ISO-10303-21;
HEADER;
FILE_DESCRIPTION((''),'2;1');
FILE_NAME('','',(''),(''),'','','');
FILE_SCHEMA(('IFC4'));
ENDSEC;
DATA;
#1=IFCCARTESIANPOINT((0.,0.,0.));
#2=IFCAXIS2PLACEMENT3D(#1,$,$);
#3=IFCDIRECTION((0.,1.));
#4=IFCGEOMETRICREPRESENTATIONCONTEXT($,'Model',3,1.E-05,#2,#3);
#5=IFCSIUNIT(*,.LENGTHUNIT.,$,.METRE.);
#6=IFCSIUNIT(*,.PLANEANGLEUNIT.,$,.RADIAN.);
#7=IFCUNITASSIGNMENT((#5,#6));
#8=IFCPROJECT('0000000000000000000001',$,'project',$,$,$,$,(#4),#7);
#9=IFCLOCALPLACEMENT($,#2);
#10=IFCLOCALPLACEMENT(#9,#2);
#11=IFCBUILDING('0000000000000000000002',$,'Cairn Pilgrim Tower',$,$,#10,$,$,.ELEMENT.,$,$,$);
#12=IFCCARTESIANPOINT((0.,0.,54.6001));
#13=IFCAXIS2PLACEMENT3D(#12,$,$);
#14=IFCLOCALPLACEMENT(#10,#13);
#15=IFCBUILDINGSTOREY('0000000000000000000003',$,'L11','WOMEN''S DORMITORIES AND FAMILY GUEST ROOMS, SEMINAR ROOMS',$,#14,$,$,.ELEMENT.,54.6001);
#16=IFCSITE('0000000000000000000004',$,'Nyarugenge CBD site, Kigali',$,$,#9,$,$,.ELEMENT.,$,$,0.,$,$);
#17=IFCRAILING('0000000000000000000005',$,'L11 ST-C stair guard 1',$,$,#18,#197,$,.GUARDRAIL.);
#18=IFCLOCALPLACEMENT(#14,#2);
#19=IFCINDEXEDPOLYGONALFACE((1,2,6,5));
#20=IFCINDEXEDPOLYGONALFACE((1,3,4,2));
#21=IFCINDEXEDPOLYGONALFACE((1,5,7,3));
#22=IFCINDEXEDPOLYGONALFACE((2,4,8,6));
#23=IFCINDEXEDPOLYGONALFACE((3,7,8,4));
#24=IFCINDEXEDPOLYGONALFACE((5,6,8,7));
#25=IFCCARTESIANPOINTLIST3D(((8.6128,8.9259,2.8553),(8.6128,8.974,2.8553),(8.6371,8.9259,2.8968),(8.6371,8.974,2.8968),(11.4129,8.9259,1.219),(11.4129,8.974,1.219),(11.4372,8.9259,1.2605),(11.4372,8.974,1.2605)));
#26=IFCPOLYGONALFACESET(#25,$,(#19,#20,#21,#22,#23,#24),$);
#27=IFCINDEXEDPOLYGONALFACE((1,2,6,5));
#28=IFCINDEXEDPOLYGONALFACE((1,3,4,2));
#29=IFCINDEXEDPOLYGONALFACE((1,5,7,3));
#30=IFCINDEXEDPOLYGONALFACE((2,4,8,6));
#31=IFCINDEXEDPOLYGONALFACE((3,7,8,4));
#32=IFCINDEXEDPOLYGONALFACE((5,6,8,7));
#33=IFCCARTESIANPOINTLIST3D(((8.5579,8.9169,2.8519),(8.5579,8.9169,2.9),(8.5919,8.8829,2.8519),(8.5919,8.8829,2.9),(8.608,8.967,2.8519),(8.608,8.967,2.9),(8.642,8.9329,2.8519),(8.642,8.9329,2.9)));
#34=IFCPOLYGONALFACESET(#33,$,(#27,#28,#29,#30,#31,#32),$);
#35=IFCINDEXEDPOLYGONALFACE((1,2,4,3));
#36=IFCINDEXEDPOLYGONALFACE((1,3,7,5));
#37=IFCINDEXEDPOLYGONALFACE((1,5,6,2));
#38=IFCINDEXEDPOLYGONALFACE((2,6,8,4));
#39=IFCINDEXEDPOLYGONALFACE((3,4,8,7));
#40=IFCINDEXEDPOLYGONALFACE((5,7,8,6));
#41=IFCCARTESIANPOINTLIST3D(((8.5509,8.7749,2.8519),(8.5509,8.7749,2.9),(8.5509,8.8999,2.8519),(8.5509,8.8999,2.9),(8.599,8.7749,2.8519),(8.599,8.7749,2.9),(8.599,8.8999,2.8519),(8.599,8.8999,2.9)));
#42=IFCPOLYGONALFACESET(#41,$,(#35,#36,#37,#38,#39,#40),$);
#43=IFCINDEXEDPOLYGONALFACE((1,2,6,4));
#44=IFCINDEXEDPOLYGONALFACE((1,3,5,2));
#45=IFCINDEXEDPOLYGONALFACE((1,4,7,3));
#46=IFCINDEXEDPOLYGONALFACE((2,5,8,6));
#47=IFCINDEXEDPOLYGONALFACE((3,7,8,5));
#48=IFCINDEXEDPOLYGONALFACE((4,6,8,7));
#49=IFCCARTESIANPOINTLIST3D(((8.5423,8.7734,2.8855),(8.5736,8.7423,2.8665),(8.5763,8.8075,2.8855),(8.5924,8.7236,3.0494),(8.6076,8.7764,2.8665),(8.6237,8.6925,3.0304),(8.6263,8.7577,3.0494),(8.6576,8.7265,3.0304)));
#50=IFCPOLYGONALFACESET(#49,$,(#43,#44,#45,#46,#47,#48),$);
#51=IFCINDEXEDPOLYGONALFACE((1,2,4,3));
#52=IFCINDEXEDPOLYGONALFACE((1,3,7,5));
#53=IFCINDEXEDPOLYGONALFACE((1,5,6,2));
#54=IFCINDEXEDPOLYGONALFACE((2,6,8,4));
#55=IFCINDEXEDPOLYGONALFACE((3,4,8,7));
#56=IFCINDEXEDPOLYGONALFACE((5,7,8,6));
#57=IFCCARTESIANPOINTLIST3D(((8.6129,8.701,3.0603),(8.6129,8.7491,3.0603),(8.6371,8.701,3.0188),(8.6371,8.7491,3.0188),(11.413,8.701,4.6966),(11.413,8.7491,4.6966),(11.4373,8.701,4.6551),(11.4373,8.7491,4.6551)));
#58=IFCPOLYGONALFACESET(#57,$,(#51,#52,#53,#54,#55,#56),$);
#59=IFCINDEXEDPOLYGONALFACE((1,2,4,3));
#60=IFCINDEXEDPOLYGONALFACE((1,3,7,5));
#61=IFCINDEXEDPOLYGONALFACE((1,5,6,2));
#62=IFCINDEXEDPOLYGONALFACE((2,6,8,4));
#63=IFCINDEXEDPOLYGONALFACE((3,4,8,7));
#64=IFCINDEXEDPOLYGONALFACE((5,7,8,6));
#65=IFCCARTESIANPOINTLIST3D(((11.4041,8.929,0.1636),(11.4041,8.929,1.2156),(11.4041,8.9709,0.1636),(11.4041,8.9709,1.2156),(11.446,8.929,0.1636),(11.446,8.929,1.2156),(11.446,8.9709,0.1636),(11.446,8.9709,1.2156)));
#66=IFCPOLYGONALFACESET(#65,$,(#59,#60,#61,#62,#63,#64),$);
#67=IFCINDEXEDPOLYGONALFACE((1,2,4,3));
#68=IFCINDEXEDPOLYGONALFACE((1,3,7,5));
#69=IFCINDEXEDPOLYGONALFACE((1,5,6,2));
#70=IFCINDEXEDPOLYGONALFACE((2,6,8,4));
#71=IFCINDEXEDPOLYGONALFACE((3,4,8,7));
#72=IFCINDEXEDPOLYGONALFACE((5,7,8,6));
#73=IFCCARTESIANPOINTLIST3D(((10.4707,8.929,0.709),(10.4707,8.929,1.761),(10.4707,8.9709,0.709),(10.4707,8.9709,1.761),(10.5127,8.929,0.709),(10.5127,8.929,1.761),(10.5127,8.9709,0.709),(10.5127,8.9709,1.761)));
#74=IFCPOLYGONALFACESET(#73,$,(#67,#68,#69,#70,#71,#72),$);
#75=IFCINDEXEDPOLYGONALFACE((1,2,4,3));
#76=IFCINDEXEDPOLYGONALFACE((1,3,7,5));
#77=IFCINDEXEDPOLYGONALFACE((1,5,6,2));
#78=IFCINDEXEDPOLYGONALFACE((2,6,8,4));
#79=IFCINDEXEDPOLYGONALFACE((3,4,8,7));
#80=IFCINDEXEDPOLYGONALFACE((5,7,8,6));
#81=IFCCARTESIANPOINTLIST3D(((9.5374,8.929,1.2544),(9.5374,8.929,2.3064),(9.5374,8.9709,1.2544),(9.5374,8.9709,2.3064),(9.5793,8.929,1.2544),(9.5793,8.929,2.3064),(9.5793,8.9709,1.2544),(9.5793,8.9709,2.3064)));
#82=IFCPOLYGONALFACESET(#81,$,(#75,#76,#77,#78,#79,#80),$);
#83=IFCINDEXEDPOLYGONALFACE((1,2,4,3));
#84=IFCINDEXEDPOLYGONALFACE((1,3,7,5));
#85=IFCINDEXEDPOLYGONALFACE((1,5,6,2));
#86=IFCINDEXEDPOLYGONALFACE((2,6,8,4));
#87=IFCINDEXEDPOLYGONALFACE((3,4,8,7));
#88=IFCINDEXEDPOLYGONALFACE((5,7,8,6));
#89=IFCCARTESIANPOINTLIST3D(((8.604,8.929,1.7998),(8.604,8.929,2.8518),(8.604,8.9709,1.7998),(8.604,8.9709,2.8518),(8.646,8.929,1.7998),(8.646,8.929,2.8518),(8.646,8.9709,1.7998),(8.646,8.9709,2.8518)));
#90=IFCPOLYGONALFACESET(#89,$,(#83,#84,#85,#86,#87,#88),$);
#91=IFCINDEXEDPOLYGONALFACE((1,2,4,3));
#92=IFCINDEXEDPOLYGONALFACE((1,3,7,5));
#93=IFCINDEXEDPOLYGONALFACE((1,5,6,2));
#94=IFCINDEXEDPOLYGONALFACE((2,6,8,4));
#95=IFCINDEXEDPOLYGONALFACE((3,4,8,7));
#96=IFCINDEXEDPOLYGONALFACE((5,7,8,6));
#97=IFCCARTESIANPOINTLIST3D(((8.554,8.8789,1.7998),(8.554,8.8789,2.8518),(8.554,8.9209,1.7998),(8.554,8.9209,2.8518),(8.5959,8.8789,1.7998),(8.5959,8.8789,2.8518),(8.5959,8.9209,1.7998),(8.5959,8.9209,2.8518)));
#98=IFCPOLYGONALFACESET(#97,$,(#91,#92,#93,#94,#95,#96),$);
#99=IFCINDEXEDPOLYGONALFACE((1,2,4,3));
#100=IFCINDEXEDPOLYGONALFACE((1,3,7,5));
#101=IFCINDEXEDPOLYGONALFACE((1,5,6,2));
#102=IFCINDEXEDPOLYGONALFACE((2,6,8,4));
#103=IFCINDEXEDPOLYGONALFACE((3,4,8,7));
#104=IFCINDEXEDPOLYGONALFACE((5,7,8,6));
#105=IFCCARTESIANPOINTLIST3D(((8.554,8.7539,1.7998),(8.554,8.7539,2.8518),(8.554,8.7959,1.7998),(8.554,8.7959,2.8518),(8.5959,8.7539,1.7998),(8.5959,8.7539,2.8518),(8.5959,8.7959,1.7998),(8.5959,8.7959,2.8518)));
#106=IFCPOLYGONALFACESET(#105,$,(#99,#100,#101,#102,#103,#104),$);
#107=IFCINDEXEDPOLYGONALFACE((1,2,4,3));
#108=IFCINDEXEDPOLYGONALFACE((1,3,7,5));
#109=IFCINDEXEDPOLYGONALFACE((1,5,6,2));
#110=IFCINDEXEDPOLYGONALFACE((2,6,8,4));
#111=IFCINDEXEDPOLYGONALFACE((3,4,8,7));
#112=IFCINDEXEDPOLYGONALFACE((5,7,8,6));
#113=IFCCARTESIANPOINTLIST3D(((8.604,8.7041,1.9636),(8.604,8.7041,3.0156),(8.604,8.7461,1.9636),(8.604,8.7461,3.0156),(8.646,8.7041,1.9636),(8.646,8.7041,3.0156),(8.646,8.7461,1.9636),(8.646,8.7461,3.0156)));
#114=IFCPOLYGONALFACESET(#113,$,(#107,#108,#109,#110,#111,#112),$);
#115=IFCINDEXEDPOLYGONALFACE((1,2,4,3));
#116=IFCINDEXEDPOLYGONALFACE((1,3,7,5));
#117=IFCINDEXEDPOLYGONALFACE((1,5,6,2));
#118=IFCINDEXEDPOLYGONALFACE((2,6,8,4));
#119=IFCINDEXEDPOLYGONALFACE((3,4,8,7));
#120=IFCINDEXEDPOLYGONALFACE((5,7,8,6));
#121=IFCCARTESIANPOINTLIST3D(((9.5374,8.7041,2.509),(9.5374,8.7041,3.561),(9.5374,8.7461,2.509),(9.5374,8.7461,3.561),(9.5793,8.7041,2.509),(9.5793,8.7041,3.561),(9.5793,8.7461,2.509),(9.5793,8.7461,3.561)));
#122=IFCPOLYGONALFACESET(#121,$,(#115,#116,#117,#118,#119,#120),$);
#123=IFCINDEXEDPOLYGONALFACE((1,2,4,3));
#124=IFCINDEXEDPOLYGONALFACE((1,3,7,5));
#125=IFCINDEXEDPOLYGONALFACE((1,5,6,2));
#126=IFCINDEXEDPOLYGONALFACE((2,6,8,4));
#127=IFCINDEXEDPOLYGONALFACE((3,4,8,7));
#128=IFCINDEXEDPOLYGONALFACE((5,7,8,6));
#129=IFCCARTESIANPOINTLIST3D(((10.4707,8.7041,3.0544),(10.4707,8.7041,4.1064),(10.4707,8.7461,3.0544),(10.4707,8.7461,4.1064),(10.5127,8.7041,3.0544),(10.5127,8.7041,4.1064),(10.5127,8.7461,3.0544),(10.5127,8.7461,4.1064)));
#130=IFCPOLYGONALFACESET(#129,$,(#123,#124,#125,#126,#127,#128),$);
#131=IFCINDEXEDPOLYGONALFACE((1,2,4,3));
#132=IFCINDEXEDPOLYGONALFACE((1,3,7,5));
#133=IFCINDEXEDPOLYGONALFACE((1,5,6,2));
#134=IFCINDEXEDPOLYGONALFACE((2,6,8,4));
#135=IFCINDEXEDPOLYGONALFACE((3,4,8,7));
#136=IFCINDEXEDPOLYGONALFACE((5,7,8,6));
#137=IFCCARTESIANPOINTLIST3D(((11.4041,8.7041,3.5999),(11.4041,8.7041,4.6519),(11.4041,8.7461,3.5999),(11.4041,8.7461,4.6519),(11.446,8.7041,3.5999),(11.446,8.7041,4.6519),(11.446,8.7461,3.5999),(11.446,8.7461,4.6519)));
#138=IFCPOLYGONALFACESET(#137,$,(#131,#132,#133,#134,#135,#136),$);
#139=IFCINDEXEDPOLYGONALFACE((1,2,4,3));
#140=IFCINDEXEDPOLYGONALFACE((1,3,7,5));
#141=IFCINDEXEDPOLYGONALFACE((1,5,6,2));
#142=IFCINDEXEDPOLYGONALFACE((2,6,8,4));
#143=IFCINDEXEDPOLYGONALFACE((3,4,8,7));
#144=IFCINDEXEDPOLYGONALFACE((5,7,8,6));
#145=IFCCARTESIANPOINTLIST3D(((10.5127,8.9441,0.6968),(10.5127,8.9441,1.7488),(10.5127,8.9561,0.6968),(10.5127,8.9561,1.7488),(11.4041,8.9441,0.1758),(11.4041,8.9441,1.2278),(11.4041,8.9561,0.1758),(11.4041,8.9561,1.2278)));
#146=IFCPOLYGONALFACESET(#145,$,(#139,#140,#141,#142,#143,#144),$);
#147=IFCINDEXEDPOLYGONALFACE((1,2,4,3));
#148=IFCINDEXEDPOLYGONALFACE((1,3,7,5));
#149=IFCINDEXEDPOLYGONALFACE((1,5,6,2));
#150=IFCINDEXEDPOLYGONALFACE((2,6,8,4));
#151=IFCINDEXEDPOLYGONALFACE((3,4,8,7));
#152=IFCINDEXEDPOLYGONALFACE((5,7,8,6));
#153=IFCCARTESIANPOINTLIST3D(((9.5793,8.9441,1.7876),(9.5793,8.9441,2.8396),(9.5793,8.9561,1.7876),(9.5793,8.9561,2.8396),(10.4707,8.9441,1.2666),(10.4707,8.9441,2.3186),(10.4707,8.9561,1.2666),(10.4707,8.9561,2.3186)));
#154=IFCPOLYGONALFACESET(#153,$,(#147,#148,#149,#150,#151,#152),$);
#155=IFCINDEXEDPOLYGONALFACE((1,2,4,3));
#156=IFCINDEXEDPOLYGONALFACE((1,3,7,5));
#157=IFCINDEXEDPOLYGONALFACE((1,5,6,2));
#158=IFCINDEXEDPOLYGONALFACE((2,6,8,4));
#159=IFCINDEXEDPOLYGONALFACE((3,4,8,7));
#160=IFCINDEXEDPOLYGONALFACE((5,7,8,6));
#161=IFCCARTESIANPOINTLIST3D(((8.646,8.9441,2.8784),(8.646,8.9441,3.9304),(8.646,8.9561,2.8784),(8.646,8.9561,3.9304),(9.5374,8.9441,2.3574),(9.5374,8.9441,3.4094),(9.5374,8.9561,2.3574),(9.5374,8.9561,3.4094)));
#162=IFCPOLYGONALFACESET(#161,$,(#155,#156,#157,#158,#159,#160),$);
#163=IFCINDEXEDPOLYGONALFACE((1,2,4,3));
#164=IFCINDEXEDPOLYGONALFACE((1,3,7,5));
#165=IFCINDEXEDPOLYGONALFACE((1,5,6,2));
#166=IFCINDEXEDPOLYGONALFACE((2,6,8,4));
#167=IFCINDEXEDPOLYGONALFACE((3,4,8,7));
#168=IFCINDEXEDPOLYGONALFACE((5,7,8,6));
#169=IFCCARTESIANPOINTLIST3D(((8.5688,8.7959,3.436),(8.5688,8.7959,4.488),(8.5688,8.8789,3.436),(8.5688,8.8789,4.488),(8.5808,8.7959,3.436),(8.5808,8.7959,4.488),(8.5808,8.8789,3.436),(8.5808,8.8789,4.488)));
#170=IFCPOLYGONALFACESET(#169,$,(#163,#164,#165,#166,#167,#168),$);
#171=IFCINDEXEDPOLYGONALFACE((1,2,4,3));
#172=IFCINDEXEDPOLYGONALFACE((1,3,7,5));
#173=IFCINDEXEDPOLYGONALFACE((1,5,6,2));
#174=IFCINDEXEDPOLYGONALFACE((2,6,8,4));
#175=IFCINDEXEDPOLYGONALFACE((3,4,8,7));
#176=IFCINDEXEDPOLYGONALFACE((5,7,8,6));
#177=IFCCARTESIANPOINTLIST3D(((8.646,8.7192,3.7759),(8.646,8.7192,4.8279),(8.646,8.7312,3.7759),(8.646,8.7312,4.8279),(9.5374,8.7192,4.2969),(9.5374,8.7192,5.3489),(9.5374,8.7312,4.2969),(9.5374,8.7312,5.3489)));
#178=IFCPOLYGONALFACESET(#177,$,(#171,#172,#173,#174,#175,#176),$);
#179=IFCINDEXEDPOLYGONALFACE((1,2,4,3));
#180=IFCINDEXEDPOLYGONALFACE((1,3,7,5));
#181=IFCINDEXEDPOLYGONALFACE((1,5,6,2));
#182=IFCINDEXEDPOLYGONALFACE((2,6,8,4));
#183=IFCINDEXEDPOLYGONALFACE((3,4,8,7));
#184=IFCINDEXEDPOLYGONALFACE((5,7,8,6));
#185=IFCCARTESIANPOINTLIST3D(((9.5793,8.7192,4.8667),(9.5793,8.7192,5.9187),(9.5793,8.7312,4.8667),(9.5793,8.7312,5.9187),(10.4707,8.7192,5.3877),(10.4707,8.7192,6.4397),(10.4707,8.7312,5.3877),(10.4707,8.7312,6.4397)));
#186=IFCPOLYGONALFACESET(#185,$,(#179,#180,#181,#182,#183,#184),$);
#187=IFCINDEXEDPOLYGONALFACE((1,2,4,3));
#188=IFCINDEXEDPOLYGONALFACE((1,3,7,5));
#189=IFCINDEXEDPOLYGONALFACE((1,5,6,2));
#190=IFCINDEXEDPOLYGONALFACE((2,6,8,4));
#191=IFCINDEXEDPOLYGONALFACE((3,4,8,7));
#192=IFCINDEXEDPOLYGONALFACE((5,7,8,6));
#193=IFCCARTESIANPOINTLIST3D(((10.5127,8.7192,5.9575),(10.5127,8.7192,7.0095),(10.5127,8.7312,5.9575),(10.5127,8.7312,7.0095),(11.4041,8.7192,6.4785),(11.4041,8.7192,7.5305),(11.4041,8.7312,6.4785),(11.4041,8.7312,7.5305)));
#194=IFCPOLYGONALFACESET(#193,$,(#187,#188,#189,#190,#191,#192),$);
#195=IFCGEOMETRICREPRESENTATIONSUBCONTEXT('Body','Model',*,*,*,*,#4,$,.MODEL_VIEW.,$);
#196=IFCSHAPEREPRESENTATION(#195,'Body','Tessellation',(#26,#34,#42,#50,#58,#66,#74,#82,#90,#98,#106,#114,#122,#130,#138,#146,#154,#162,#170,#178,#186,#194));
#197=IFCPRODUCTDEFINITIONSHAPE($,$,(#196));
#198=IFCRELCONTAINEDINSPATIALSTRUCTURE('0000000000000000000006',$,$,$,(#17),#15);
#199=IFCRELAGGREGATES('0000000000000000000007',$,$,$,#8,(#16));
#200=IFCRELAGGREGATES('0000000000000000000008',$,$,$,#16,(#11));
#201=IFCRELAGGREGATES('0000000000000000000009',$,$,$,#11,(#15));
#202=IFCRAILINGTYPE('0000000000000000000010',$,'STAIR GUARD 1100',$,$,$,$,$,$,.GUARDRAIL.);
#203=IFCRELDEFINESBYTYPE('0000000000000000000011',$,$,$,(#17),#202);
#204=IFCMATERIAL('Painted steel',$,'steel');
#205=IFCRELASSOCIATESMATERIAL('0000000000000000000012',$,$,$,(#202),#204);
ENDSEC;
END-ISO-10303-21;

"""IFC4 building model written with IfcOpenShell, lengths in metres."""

from ifc_helpers import new_model, si_unit, direction, frame, origin, origin_2d, place, context, subcontext, project, spatial, polyline, rectangle, outline, extrude, material, type_object, element, save


model = new_model("IFC4")

# Units and contexts
model_context = context("Model", 3, precision=1e-05, world=origin(), true_north=direction((0.0, 1.0)))
body_context = subcontext(model_context, "Body", "Model", "MODEL_VIEW")
ifc_project = project(units=[si_unit("LENGTHUNIT", "METRE"), si_unit("PLANEANGLEUNIT", "RADIAN")], contexts=[model_context])

# Site, building, storey
site_placement = place(None, origin())
site = spatial("IfcSite", under=ifc_project, at=site_placement, Name="Nyarugenge CBD site, Kigali", CompositionType="ELEMENT", RefElevation=0.0)
building_placement = place(site_placement, origin())
building = spatial("IfcBuilding", under=site, at=building_placement, Name="Cairn Pilgrim Tower", CompositionType="ELEMENT")
storey_placement = place(building_placement, frame((0.0, 0.0, 54.6001)))
storey = spatial("IfcBuildingStorey", under=building, at=storey_placement, Name="L11", Description="WOMEN'S DORMITORIES AND FAMILY GUEST ROOMS, SEMINAR ROOMS", CompositionType="ELEMENT", Elevation=54.6001)

# Shared definitions
ifc_material_1 = material(Name="Painted steel", Category="steel")

# Railing
railing_type_1 = type_object("IfcRailingType", Name="STAIR GUARD 1100", PredefinedType="GUARDRAIL", material=ifc_material_1)
railing_1_placement = place(storey_placement, frame((11.425, 8.95, 0.1636)))
element("IfcRailing", 1, at=railing_1_placement, inside=storey, type_object=railing_type_1, Name="L11 ST-C stair guard 1", PredefinedType="GUARDRAIL", context=body_context, shape_type="SweptSolid", body=[
    extrude(rectangle(XDim=0.0481, YDim=0.0481, at=origin_2d()), frame((0.0, 0.0, 1.0762), z_axis=(-0.863394, 0.0, 0.504531), x_axis=(0.0, -1.0, 0.0)), (0.0, 0.0, 1.0), 3.2432),
    extrude(rectangle(XDim=0.0481, YDim=0.0481, at=origin_2d()), frame((-2.8, 0.0, 2.7124), z_axis=(-0.707107, -0.707107, 0.0), x_axis=(0.707107, -0.707107, 0.0)), (0.0, 0.0, 1.0), 0.0708),
    extrude(rectangle(XDim=0.0481, YDim=0.0481, at=origin_2d()), frame((-2.8501, -0.05, 2.7124), z_axis=(0.0, -1.0, 0.0), x_axis=(1.0, 0.0, 0.0)), (0.0, 0.0, 1.0), 0.125),
    extrude(rectangle(XDim=0.0481, YDim=0.0481, at=origin_2d()), frame((-2.8501, -0.175, 2.7124), z_axis=(0.280564, -0.279195, 0.918332), x_axis=(0.705376, 0.708834, 0.0)), (0.0, 0.0, 1.0), 0.1785),
    extrude(rectangle(XDim=0.0481, YDim=0.0481, at=origin_2d()), frame((-2.8, -0.2249, 2.876), z_axis=(0.863394, 0.0, 0.504531), x_axis=(0.0, 1.0, 0.0)), (0.0, 0.0, 1.0), 3.2432),
    extrude(rectangle(XDim=0.042, YDim=0.042, at=origin_2d()), origin(), (0.0, 0.0, 1.0), 1.052),
    extrude(rectangle(XDim=0.042, YDim=0.042, at=origin_2d()), frame((-0.9333, 0.0, 0.5454)), (0.0, 0.0, 1.0), 1.052),
    extrude(rectangle(XDim=0.042, YDim=0.042, at=origin_2d()), frame((-1.8667, 0.0, 1.0908)), (0.0, 0.0, 1.0), 1.052),
    extrude(rectangle(XDim=0.042, YDim=0.042, at=origin_2d()), frame((-2.8, 0.0, 1.6362)), (0.0, 0.0, 1.0), 1.052),
    extrude(rectangle(XDim=0.042, YDim=0.042, at=origin_2d()), frame((-2.8501, -0.05, 1.6362)), (0.0, 0.0, 1.0), 1.052),
    extrude(rectangle(XDim=0.042, YDim=0.042, at=origin_2d()), frame((-2.8501, -0.175, 1.6362)), (0.0, 0.0, 1.0), 1.052),
    extrude(rectangle(XDim=0.042, YDim=0.042, at=origin_2d()), frame((-2.8, -0.2249, 1.8)), (0.0, 0.0, 1.0), 1.052),
    extrude(rectangle(XDim=0.042, YDim=0.042, at=origin_2d()), frame((-1.8667, -0.2249, 2.3455)), (0.0, 0.0, 1.0), 1.052),
    extrude(rectangle(XDim=0.042, YDim=0.042, at=origin_2d()), frame((-0.9333, -0.2249, 2.8909)), (0.0, 0.0, 1.0), 1.052),
    extrude(rectangle(XDim=0.042, YDim=0.042, at=origin_2d()), frame((0.0, -0.2249, 3.4363)), (0.0, 0.0, 1.0), 1.052),
    extrude(outline(polyline([(0.021, 0.0122), (0.9124, 0.5332), (0.9124, 1.5852), (0.021, 1.0642), (0.021, 0.0122)])), frame((0.0, -0.0059, 0.0), z_axis=(0.0, 1.0, 0.0), x_axis=(-1.0, 0.0, 0.0)), (0.0, 0.0, 1.0), 0.012),
    extrude(outline(polyline([(0.021, 0.5576), (0.9124, 1.0786), (0.9124, 2.1306), (0.021, 1.6096), (0.021, 0.5576)])), frame((-0.9333, -0.0059, 0.5454), z_axis=(0.0, 1.0, 0.0), x_axis=(-1.0, 0.0, 0.0)), (0.0, 0.0, 1.0), 0.012),
    extrude(outline(polyline([(0.021, 1.103), (0.9124, 1.624), (0.9124, 2.676), (0.021, 2.155), (0.021, 1.103)])), frame((-1.8667, -0.0059, 1.0908), z_axis=(0.0, 1.0, 0.0), x_axis=(-1.0, 0.0, 0.0)), (0.0, 0.0, 1.0), 0.012),
    extrude(outline(polyline([(0.021, 1.6362), (0.104, 1.6362), (0.104, 2.6882), (0.021, 2.6882), (0.021, 1.6362)])), frame((-2.8442, -0.05, 1.6362), z_axis=(-1.0, 0.0, 0.0), x_axis=(0.0, -1.0, 0.0)), (0.0, 0.0, 1.0), 0.012),
    extrude(outline(polyline([(0.021, 1.8123), (0.9124, 2.3333), (0.9124, 3.3853), (0.021, 2.8643), (0.021, 1.8123)])), frame((-2.8, -0.2188, 1.8), z_axis=(0.0, -1.0, 0.0), x_axis=(1.0, 0.0, 0.0)), (0.0, 0.0, 1.0), 0.012),
    extrude(outline(polyline([(0.021, 2.3577), (0.9124, 2.8787), (0.9124, 3.9307), (0.021, 3.4097), (0.021, 2.3577)])), frame((-1.8667, -0.2188, 2.3455), z_axis=(0.0, -1.0, 0.0), x_axis=(1.0, 0.0, 0.0)), (0.0, 0.0, 1.0), 0.012),
    extrude(outline(polyline([(0.021, 2.9031), (0.9124, 3.4241), (0.9124, 4.4761), (0.021, 3.9551), (0.021, 2.9031)])), frame((-0.9333, -0.2188, 2.8909), z_axis=(0.0, -1.0, 0.0), x_axis=(1.0, 0.0, 0.0)), (0.0, 0.0, 1.0), 0.012),
])

save(model, "model.ifc")
